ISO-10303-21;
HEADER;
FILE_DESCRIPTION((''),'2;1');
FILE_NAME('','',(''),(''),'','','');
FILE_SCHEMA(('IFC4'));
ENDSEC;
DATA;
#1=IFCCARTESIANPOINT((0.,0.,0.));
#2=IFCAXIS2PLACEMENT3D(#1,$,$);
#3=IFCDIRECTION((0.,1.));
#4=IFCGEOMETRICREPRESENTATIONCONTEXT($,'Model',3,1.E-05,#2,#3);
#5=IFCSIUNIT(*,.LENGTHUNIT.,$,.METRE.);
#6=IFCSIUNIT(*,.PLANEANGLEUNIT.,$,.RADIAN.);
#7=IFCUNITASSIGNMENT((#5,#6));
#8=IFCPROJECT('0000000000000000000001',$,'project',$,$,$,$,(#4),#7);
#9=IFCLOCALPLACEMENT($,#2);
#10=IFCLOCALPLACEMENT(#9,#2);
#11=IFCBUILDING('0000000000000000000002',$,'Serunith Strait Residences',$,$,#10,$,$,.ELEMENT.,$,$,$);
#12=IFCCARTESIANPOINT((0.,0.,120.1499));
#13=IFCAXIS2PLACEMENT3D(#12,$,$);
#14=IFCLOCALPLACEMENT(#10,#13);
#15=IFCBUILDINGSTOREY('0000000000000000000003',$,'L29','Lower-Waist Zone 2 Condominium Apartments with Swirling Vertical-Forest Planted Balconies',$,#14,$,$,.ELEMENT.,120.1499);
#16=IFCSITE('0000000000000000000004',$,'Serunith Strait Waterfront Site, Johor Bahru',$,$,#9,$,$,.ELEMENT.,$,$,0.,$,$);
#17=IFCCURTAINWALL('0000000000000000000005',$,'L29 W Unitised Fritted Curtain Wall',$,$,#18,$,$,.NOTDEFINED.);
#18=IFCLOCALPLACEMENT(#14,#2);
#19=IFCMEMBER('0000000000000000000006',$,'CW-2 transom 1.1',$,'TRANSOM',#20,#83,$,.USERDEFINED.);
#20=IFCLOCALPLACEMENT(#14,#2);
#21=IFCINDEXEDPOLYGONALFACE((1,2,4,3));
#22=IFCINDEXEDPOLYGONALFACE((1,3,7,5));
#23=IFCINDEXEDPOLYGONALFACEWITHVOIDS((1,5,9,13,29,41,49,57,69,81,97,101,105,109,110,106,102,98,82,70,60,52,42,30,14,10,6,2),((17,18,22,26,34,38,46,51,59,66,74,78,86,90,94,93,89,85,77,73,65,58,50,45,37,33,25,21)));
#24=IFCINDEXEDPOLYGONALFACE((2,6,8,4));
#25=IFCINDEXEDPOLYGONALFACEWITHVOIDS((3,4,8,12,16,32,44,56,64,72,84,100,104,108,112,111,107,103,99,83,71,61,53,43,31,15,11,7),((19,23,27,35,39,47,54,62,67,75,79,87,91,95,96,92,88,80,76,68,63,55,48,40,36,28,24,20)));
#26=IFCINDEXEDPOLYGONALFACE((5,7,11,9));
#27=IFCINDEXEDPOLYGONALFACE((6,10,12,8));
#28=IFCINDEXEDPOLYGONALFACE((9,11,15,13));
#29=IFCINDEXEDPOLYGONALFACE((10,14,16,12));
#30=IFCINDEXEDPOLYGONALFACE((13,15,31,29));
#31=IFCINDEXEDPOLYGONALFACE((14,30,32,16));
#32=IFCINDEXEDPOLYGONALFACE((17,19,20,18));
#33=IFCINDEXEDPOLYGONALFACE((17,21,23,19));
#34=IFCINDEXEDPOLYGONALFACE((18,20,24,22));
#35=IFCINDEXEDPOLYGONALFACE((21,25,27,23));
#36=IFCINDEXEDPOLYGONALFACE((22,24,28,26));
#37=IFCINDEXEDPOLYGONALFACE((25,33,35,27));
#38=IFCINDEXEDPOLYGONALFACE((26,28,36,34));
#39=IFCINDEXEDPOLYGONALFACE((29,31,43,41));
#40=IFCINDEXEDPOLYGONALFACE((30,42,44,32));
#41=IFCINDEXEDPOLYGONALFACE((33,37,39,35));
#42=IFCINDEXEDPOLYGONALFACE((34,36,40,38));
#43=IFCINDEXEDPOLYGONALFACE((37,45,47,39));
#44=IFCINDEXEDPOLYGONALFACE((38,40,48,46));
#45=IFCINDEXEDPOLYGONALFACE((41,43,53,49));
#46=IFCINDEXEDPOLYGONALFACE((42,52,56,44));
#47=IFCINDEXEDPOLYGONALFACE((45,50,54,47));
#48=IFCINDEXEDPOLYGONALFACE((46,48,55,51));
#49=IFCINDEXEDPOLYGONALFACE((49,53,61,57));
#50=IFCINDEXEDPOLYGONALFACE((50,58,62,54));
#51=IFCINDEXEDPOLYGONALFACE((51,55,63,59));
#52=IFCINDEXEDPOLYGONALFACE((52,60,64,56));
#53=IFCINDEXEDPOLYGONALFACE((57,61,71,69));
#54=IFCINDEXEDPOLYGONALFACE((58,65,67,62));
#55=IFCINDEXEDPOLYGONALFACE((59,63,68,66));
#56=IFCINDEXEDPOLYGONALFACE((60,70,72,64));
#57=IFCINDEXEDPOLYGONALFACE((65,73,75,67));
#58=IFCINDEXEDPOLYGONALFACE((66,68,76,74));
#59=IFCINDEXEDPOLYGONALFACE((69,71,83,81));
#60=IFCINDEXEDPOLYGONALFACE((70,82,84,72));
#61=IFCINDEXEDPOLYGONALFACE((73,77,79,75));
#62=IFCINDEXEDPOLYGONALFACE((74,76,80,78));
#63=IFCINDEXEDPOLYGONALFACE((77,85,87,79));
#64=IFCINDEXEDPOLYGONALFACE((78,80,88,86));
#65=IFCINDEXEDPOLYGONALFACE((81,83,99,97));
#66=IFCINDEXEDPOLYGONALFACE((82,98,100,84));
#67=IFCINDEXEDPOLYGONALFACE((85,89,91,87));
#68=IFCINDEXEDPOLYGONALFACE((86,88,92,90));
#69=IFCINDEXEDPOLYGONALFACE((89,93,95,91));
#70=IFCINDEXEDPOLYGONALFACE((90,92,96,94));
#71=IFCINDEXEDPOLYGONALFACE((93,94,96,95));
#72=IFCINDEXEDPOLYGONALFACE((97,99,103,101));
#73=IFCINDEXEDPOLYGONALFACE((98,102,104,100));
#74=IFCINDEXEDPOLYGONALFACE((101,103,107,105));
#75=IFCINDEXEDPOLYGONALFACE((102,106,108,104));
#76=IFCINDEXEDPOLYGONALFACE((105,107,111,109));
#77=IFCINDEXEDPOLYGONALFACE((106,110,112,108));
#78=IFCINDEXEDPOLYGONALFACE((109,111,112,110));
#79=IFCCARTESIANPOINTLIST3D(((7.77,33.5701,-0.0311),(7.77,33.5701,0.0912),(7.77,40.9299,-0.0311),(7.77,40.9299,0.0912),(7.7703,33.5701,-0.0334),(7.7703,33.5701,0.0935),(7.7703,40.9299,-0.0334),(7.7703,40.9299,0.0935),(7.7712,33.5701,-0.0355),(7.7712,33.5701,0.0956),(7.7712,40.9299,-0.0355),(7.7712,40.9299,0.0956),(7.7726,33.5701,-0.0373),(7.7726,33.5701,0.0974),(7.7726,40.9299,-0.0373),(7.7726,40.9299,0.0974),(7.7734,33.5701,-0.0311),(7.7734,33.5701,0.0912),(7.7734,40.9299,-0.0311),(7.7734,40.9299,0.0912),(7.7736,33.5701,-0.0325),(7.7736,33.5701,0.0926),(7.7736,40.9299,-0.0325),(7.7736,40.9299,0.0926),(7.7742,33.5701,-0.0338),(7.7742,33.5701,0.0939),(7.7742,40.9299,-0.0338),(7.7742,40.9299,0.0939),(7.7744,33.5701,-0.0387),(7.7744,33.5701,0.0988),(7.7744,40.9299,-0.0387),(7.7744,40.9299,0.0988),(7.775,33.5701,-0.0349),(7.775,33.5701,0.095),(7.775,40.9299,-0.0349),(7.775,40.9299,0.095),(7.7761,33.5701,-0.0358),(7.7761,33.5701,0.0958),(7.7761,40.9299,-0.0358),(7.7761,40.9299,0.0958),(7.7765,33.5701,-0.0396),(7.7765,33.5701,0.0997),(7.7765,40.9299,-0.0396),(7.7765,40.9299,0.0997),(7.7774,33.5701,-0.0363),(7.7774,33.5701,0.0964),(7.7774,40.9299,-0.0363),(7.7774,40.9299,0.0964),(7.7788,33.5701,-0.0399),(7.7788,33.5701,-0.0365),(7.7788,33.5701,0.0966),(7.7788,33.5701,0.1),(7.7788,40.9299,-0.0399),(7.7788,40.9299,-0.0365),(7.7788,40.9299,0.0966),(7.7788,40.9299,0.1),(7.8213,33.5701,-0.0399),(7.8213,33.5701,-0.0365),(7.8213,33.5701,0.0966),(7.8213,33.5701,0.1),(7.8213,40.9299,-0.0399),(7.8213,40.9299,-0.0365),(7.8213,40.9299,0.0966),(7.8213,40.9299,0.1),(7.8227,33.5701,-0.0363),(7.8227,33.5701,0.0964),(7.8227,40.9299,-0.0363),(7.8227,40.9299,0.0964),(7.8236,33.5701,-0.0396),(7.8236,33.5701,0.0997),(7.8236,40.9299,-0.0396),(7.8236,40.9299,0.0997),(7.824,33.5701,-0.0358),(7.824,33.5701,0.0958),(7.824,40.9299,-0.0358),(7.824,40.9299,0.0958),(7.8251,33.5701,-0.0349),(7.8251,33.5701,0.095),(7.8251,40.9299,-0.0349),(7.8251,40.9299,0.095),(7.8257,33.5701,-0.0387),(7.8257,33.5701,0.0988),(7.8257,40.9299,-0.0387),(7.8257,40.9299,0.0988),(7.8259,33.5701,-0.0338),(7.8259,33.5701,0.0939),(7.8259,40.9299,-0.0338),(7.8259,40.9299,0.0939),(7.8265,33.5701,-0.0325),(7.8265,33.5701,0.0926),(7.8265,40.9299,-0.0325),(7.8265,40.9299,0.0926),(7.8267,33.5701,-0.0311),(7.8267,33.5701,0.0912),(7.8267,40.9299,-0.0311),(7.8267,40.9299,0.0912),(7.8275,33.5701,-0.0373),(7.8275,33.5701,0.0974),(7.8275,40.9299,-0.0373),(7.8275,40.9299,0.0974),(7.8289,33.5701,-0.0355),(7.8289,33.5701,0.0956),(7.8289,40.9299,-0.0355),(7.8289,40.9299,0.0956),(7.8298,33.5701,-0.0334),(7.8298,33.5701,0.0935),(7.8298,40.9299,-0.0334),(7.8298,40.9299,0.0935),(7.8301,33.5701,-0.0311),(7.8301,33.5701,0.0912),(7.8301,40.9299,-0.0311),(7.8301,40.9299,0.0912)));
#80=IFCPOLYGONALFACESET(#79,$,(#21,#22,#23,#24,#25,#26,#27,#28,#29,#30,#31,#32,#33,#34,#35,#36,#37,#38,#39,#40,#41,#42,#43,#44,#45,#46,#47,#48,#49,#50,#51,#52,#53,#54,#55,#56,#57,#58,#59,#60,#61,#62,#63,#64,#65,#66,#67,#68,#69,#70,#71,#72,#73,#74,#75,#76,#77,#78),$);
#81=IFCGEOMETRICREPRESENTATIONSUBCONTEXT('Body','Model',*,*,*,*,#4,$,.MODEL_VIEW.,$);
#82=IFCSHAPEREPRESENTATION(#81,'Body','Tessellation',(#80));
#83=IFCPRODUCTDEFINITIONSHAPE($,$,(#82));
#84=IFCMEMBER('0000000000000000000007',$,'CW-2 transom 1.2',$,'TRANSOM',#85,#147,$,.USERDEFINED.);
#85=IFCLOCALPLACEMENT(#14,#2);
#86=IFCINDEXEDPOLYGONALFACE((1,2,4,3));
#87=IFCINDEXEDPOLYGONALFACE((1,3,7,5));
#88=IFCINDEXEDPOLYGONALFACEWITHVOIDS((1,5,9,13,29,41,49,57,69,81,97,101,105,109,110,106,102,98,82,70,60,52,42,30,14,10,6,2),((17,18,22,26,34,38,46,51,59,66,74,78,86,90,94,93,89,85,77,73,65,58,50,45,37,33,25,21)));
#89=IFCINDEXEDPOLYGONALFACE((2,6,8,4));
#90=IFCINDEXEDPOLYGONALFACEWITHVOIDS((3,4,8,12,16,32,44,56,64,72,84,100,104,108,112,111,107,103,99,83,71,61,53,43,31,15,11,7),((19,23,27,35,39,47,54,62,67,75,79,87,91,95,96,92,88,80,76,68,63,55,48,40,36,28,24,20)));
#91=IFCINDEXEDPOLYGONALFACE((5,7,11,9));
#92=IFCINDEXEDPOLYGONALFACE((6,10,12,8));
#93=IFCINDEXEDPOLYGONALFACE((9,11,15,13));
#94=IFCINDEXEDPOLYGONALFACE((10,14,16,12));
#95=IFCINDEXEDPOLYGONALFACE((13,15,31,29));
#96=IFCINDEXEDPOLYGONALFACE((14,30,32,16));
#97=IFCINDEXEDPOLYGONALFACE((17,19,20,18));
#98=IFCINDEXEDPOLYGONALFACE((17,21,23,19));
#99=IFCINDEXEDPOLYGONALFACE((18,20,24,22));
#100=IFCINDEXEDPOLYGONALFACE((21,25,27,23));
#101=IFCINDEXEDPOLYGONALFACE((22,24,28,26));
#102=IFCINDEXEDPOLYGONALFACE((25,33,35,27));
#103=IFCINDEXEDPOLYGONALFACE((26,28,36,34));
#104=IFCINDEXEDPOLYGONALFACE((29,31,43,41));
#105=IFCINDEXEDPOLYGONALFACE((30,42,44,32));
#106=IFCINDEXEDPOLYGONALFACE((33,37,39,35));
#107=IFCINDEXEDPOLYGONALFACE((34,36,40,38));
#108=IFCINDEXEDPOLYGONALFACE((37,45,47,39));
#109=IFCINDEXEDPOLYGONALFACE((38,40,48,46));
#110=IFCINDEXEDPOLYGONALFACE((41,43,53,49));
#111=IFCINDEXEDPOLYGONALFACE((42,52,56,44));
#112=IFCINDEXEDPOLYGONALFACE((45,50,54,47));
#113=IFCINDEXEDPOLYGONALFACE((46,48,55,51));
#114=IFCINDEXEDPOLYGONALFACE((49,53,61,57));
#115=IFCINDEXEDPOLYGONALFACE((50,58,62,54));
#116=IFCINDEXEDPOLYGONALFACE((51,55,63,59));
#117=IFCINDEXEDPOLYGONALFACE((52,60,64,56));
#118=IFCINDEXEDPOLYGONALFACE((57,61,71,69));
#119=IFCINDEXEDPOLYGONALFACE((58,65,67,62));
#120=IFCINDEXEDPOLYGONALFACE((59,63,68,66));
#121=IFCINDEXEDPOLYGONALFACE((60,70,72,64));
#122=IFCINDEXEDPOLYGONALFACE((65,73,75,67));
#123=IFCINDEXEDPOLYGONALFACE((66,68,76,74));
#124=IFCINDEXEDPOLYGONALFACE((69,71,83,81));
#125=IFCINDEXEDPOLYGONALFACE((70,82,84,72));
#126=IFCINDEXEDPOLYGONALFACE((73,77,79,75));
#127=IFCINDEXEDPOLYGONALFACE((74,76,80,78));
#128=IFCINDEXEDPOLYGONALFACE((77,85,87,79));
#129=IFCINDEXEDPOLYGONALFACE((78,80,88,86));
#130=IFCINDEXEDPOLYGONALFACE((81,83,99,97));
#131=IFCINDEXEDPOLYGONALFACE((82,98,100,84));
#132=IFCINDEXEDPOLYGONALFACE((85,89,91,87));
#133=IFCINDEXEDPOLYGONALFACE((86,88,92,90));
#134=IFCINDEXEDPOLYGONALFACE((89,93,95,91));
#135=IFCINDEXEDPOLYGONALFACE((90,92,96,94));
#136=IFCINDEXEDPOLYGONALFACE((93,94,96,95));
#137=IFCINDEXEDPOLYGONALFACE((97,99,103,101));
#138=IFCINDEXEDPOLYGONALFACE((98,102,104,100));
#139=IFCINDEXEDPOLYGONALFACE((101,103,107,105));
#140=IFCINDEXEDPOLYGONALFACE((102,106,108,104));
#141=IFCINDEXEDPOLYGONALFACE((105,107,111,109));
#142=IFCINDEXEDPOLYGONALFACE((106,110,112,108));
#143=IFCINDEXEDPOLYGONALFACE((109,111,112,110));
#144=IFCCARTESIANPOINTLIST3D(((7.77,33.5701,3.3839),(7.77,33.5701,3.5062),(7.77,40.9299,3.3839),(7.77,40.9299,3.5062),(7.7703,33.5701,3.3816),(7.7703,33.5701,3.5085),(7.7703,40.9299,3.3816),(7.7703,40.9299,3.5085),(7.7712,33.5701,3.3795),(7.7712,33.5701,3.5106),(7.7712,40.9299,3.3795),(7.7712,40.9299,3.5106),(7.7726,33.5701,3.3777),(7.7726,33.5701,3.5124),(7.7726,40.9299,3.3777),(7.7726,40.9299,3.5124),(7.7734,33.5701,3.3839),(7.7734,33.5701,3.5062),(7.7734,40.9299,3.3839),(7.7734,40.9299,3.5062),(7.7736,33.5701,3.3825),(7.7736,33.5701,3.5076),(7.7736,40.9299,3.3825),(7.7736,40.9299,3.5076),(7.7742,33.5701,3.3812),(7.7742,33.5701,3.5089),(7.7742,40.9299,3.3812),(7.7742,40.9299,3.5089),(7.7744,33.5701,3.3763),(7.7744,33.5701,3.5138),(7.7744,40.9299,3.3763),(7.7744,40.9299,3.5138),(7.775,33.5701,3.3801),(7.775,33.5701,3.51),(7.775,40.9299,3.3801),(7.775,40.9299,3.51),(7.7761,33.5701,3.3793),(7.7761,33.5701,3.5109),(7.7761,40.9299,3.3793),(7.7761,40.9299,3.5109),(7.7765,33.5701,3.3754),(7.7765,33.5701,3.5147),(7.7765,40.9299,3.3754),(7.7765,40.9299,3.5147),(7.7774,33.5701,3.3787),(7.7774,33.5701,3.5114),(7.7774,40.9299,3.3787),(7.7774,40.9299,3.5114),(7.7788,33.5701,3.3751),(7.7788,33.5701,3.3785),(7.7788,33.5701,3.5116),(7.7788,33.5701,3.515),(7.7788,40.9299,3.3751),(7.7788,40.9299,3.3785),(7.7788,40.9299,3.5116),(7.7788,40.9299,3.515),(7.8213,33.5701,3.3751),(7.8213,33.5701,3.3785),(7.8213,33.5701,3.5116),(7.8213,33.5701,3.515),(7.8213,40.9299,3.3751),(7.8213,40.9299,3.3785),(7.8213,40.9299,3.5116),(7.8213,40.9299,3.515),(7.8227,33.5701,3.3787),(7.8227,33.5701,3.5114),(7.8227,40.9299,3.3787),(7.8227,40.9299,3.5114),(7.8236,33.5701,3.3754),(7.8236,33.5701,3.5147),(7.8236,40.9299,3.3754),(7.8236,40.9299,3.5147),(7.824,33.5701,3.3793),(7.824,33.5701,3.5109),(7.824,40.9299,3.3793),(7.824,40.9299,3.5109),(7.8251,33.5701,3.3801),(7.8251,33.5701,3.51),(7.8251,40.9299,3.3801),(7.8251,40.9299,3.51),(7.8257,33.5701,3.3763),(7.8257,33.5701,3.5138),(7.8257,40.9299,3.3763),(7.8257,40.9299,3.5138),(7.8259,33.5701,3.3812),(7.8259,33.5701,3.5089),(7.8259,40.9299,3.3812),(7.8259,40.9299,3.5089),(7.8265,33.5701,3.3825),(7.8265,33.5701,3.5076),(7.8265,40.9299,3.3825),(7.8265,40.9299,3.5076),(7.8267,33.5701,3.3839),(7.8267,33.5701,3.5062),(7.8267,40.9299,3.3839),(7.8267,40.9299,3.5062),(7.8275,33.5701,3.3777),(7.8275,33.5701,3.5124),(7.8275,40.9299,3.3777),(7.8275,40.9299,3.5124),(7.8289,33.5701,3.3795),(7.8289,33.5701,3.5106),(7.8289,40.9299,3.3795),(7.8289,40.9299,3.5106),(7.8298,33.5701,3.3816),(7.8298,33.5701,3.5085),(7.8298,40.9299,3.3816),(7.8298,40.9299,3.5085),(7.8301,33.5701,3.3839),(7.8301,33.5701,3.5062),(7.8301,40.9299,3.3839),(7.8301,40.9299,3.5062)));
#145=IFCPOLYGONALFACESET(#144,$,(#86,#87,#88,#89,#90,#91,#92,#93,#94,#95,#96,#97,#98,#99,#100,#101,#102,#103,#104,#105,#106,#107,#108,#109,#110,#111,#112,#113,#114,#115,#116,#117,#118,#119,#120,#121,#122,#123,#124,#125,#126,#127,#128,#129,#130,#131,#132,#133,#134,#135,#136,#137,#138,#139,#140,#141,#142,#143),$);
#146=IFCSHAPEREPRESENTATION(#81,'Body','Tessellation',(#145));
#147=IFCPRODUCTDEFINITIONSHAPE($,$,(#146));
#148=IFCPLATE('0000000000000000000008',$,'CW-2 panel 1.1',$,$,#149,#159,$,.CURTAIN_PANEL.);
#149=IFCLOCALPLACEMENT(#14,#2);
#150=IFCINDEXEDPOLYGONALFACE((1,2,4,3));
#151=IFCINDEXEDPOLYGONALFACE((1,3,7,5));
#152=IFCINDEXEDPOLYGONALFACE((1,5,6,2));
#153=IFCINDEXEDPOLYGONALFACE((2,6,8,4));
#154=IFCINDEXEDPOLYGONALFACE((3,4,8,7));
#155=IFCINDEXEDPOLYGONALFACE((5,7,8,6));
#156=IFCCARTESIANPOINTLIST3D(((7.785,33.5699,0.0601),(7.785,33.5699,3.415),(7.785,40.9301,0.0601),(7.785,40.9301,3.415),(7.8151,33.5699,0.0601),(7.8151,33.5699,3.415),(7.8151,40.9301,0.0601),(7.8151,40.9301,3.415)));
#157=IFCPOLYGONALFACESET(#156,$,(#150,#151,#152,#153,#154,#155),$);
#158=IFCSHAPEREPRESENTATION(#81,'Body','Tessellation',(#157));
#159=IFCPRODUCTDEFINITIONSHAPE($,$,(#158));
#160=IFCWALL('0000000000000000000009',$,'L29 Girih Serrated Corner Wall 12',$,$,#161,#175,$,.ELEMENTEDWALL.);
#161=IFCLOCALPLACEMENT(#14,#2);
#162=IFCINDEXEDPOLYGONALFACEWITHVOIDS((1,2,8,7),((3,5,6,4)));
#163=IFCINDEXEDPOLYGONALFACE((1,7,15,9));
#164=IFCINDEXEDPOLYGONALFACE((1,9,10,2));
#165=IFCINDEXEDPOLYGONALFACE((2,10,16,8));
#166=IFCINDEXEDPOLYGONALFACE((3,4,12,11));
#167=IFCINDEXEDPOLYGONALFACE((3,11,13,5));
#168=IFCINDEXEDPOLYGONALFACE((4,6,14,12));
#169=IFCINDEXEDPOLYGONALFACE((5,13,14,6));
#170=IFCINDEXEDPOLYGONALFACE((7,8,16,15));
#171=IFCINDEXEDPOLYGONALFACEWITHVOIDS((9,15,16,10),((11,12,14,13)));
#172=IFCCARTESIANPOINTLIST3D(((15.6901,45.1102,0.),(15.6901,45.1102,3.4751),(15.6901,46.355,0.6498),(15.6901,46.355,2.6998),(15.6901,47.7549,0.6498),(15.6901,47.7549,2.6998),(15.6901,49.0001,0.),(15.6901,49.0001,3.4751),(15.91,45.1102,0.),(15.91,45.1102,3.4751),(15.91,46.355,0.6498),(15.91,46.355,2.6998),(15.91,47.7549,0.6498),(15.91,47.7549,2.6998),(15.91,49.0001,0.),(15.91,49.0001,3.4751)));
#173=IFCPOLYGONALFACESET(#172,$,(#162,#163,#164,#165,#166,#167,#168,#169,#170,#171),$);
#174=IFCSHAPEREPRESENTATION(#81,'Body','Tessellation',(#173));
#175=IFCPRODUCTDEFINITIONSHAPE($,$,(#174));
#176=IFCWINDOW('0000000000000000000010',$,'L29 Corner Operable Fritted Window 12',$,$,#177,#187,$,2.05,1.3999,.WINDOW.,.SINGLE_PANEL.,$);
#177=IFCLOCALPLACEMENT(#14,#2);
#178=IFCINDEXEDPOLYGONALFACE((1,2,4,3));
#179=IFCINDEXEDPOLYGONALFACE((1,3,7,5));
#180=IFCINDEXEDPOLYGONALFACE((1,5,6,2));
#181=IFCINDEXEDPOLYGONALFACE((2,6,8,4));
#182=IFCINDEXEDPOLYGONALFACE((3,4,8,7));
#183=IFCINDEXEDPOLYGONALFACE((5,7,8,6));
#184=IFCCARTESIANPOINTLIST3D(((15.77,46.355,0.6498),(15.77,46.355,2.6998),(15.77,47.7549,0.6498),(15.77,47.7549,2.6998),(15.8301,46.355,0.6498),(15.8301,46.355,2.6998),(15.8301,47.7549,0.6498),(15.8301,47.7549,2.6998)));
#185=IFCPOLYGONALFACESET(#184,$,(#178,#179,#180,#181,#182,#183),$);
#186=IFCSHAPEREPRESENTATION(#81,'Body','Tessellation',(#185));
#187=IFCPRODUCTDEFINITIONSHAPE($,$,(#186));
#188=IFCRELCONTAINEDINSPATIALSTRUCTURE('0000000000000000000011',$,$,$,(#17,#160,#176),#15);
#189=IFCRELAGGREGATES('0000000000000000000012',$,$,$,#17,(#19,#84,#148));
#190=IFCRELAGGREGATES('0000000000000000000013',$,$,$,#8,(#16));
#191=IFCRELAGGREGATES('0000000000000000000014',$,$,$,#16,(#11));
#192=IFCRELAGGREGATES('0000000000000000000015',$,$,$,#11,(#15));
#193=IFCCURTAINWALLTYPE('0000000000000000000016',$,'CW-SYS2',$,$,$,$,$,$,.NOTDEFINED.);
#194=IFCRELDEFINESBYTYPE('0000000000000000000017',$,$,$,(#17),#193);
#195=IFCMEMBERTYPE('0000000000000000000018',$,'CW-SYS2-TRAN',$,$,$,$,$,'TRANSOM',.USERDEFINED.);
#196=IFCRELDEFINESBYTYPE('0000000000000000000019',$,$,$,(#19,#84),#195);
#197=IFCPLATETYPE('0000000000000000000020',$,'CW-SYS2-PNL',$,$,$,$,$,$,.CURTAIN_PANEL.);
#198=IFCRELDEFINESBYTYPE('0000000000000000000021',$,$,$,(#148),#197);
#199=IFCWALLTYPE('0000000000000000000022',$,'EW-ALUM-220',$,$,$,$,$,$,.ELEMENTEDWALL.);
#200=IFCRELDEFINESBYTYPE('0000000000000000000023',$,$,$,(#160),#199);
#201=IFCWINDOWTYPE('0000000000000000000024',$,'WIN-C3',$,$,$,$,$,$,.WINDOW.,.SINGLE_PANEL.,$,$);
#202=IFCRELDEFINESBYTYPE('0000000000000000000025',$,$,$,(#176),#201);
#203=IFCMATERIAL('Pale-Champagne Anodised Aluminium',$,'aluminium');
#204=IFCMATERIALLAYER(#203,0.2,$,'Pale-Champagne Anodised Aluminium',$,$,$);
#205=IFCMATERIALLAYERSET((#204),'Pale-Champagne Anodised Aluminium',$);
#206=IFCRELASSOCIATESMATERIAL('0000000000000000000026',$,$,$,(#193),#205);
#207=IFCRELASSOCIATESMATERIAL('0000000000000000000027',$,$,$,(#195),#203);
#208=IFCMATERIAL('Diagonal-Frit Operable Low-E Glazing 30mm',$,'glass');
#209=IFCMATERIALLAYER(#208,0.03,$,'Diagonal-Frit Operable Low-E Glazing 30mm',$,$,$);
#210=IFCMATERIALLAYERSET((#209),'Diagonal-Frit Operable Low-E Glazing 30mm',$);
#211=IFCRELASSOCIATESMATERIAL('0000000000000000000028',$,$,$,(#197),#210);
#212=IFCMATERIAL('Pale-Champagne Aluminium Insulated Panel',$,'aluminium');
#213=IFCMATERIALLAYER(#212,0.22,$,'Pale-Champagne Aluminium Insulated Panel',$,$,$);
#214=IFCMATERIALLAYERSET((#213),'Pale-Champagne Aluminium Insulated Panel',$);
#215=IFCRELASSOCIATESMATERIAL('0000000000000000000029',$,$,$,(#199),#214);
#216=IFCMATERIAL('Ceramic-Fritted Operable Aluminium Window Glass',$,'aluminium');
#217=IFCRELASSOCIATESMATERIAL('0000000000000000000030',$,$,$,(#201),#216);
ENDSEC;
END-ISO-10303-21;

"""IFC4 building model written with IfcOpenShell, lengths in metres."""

from ifc_helpers import new_model, si_unit, direction, frame, frame_2d, origin, origin_2d, place, context, subcontext, project, spatial, rectangle, hollow_rectangle, extrude, source, transform, mapped, material, layer, layer_set, material_profile, profile_set, type_object, element, fill, aggregate, save


model = new_model("IFC4")

# Units and contexts
model_context = context("Model", 3, precision=1e-05, world=origin(), true_north=direction((0.0, 1.0)))
body_context = subcontext(model_context, "Body", "Model", "MODEL_VIEW")
ifc_project = project(units=[si_unit("LENGTHUNIT", "METRE"), si_unit("PLANEANGLEUNIT", "RADIAN")], contexts=[model_context])

# Site, building, storey
site_placement = place(None, origin())
site = spatial("IfcSite", under=ifc_project, at=site_placement, Name="Serunith Strait Waterfront Site, Johor Bahru", CompositionType="ELEMENT", RefElevation=0.0)
building_placement = place(site_placement, origin())
building = spatial("IfcBuilding", under=site, at=building_placement, Name="Serunith Strait Residences", CompositionType="ELEMENT")
storey_placement = place(building_placement, frame((0.0, 0.0, 120.1499)))
storey = spatial("IfcBuildingStorey", under=building, at=storey_placement, Name="L29", Description="Lower-Waist Zone 2 Condominium Apartments with Swirling Vertical-Forest Planted Balconies", CompositionType="ELEMENT", Elevation=120.1499)

# Shared definitions
ifc_material_1 = material(Name="Pale-Champagne Anodised Aluminium", Category="aluminium")
ifc_layer_1 = layer(ifc_material_1, 0.2, Name="Pale-Champagne Anodised Aluminium")
ifc_layer_set_1 = layer_set([ifc_layer_1], Name="Pale-Champagne Anodised Aluminium")
curtain_wall_type = type_object("IfcCurtainWallType", Name="CW-SYS2", PredefinedType="NOTDEFINED", material=ifc_layer_set_1)

# Curtain wall, members, plate
curtain_wall_1_placement = place(storey_placement, origin())
curtain_wall_1 = element("IfcCurtainWall", 1, at=curtain_wall_1_placement, inside=storey, type_object=curtain_wall_type, Name="L29 W Unitised Fritted Curtain Wall", PredefinedType="NOTDEFINED")
ifc_material_profile_1 = material_profile(ifc_material_1, hollow_rectangle(XDim=0.0601, YDim=0.1399, WallThickness=0.0034, InnerFilletRadius=0.0054, OuterFilletRadius=0.0088, at=origin_2d()), Name="ALU 140x60x3.5")
ifc_profile_set_1 = profile_set([ifc_material_profile_1], Name="Pale-Champagne Anodised Aluminium")
member_type_1 = type_object("IfcMemberType", Name="CW-SYS2-TRAN", ElementType="TRANSOM", PredefinedType="USERDEFINED", material=ifc_profile_set_1)
shared_shape_1 = source(origin(), body_context, "Body", "SweptSolid", [
    extrude(hollow_rectangle(XDim=0.0601, YDim=0.1399, WallThickness=0.0034, InnerFilletRadius=0.0054, OuterFilletRadius=0.0088, at=origin_2d()), origin(), (0.0, 0.0, 1.0), 7.3599),
])
member_1_placement = place(storey_placement, frame((7.8, 40.9299, 0.03), z_axis=(0.0, -1.0, 0.0), x_axis=(1.0, 0.0, 0.0)))
member_1 = element("IfcMember", 2, at=member_1_placement, type_object=member_type_1, Name="CW-2 transom 1.1", ObjectType="TRANSOM", PredefinedType="USERDEFINED", context=body_context, shape_type="MappedRepresentation", body=[
    mapped(shared_shape_1, transform((0.0, 0.0, 0.0), scale=1.0)),
])
member_2_placement = place(storey_placement, frame((7.8, 40.9299, 3.4451), z_axis=(0.0, -1.0, 0.0), x_axis=(1.0, 0.0, 0.0)))
member_2 = element("IfcMember", 3, at=member_2_placement, type_object=member_type_1, Name="CW-2 transom 1.2", ObjectType="TRANSOM", PredefinedType="USERDEFINED", context=body_context, shape_type="MappedRepresentation", body=[
    mapped(shared_shape_1, transform((0.0, 0.0, 0.0), scale=1.0)),
])
ifc_material_2 = material(Name="Diagonal-Frit Operable Low-E Glazing 30mm", Category="glass")
ifc_layer_2 = layer(ifc_material_2, 0.03, Name="Diagonal-Frit Operable Low-E Glazing 30mm")
ifc_layer_set_2 = layer_set([ifc_layer_2], Name="Diagonal-Frit Operable Low-E Glazing 30mm")
plate_type = type_object("IfcPlateType", Name="CW-SYS2-PNL", PredefinedType="CURTAIN_PANEL", material=ifc_layer_set_2)
shared_shape_2 = source(origin(), body_context, "Body", "SweptSolid", [
    extrude(rectangle(XDim=7.3601, YDim=0.03, at=origin_2d()), origin(), (0.0, 0.0, 1.0), 3.355),
])
plate_placement = place(storey_placement, frame((7.8, 37.25, 0.0601), z_axis=(0.0, 0.0, 1.0), x_axis=(0.0, -1.0, 0.0)))
plate = element("IfcPlate", 4, at=plate_placement, type_object=plate_type, Name="CW-2 panel 1.1", PredefinedType="CURTAIN_PANEL", context=body_context, shape_type="MappedRepresentation", body=[
    mapped(shared_shape_2, transform((0.0, 0.0, 0.0), scale=1.0)),
])
aggregate(curtain_wall_1, [member_1, member_2, plate])

# Wall, opening, window
ifc_material_3 = material(Name="Pale-Champagne Aluminium Insulated Panel", Category="aluminium")
ifc_layer_3 = layer(ifc_material_3, 0.22, Name="Pale-Champagne Aluminium Insulated Panel")
ifc_layer_set_3 = layer_set([ifc_layer_3], Name="Pale-Champagne Aluminium Insulated Panel")
wall_type_1 = type_object("IfcWallType", Name="EW-ALUM-220", PredefinedType="ELEMENTEDWALL", material=ifc_layer_set_3)
wall_1_placement = place(storey_placement, frame((15.8, 49.0, 0.0), z_axis=(0.0, 0.0, 1.0), x_axis=(0.0, -1.0, 0.0)))
wall_1 = element("IfcWall", 5, at=wall_1_placement, inside=storey, type_object=wall_type_1, Name="L29 Girih Serrated Corner Wall 12", PredefinedType="ELEMENTEDWALL", context=body_context, shape_type="SweptSolid", body=[
    extrude(rectangle(XDim=3.8899, YDim=0.22, at=frame_2d((1.9448, 0.0))), origin(), (0.0, 0.0, 1.0), 3.4751),
])
opening_1_placement = place(wall_1_placement, frame((1.2451, 0.0, 0.6499)))
opening_1 = element("IfcOpeningElement", 6, at=opening_1_placement, cuts=wall_1, PredefinedType="OPENING", context=body_context, shape_type="SweptSolid", body=[
    extrude(rectangle(XDim=1.3999, YDim=2.05, at=frame_2d((0.7, 1.0249))), frame((0.0, 0.1201, 0.0), z_axis=(0.0, -1.0, 0.0), x_axis=(1.0, 0.0, 0.0)), (0.0, 0.0, 1.0), 0.24),
])
ifc_material_4 = material(Name="Ceramic-Fritted Operable Aluminium Window Glass", Category="aluminium")
window_type = type_object("IfcWindowType", Name="WIN-C3", PartitioningType="SINGLE_PANEL", PredefinedType="WINDOW", material=ifc_material_4)
shared_shape_3 = source(origin(), body_context, "Body", "SweptSolid", [
    extrude(rectangle(XDim=1.3999, YDim=2.05, at=frame_2d((0.7, 1.0249))), frame((0.0, 0.03, 0.0), z_axis=(0.0, -1.0, 0.0), x_axis=(1.0, 0.0, 0.0)), (0.0, 0.0, 1.0), 0.0601),
])
window_1_placement = place(opening_1_placement, origin())
window_1 = element("IfcWindow", 7, at=window_1_placement, inside=storey, type_object=window_type, Name="L29 Corner Operable Fritted Window 12", OverallHeight=2.05, OverallWidth=1.3999, PartitioningType="SINGLE_PANEL", PredefinedType="WINDOW", context=body_context, shape_type="MappedRepresentation", body=[
    mapped(shared_shape_3, transform((0.0, 0.0, 0.0), scale=1.0)),
])
fill(opening_1, window_1)

save(model, "model.ifc")
